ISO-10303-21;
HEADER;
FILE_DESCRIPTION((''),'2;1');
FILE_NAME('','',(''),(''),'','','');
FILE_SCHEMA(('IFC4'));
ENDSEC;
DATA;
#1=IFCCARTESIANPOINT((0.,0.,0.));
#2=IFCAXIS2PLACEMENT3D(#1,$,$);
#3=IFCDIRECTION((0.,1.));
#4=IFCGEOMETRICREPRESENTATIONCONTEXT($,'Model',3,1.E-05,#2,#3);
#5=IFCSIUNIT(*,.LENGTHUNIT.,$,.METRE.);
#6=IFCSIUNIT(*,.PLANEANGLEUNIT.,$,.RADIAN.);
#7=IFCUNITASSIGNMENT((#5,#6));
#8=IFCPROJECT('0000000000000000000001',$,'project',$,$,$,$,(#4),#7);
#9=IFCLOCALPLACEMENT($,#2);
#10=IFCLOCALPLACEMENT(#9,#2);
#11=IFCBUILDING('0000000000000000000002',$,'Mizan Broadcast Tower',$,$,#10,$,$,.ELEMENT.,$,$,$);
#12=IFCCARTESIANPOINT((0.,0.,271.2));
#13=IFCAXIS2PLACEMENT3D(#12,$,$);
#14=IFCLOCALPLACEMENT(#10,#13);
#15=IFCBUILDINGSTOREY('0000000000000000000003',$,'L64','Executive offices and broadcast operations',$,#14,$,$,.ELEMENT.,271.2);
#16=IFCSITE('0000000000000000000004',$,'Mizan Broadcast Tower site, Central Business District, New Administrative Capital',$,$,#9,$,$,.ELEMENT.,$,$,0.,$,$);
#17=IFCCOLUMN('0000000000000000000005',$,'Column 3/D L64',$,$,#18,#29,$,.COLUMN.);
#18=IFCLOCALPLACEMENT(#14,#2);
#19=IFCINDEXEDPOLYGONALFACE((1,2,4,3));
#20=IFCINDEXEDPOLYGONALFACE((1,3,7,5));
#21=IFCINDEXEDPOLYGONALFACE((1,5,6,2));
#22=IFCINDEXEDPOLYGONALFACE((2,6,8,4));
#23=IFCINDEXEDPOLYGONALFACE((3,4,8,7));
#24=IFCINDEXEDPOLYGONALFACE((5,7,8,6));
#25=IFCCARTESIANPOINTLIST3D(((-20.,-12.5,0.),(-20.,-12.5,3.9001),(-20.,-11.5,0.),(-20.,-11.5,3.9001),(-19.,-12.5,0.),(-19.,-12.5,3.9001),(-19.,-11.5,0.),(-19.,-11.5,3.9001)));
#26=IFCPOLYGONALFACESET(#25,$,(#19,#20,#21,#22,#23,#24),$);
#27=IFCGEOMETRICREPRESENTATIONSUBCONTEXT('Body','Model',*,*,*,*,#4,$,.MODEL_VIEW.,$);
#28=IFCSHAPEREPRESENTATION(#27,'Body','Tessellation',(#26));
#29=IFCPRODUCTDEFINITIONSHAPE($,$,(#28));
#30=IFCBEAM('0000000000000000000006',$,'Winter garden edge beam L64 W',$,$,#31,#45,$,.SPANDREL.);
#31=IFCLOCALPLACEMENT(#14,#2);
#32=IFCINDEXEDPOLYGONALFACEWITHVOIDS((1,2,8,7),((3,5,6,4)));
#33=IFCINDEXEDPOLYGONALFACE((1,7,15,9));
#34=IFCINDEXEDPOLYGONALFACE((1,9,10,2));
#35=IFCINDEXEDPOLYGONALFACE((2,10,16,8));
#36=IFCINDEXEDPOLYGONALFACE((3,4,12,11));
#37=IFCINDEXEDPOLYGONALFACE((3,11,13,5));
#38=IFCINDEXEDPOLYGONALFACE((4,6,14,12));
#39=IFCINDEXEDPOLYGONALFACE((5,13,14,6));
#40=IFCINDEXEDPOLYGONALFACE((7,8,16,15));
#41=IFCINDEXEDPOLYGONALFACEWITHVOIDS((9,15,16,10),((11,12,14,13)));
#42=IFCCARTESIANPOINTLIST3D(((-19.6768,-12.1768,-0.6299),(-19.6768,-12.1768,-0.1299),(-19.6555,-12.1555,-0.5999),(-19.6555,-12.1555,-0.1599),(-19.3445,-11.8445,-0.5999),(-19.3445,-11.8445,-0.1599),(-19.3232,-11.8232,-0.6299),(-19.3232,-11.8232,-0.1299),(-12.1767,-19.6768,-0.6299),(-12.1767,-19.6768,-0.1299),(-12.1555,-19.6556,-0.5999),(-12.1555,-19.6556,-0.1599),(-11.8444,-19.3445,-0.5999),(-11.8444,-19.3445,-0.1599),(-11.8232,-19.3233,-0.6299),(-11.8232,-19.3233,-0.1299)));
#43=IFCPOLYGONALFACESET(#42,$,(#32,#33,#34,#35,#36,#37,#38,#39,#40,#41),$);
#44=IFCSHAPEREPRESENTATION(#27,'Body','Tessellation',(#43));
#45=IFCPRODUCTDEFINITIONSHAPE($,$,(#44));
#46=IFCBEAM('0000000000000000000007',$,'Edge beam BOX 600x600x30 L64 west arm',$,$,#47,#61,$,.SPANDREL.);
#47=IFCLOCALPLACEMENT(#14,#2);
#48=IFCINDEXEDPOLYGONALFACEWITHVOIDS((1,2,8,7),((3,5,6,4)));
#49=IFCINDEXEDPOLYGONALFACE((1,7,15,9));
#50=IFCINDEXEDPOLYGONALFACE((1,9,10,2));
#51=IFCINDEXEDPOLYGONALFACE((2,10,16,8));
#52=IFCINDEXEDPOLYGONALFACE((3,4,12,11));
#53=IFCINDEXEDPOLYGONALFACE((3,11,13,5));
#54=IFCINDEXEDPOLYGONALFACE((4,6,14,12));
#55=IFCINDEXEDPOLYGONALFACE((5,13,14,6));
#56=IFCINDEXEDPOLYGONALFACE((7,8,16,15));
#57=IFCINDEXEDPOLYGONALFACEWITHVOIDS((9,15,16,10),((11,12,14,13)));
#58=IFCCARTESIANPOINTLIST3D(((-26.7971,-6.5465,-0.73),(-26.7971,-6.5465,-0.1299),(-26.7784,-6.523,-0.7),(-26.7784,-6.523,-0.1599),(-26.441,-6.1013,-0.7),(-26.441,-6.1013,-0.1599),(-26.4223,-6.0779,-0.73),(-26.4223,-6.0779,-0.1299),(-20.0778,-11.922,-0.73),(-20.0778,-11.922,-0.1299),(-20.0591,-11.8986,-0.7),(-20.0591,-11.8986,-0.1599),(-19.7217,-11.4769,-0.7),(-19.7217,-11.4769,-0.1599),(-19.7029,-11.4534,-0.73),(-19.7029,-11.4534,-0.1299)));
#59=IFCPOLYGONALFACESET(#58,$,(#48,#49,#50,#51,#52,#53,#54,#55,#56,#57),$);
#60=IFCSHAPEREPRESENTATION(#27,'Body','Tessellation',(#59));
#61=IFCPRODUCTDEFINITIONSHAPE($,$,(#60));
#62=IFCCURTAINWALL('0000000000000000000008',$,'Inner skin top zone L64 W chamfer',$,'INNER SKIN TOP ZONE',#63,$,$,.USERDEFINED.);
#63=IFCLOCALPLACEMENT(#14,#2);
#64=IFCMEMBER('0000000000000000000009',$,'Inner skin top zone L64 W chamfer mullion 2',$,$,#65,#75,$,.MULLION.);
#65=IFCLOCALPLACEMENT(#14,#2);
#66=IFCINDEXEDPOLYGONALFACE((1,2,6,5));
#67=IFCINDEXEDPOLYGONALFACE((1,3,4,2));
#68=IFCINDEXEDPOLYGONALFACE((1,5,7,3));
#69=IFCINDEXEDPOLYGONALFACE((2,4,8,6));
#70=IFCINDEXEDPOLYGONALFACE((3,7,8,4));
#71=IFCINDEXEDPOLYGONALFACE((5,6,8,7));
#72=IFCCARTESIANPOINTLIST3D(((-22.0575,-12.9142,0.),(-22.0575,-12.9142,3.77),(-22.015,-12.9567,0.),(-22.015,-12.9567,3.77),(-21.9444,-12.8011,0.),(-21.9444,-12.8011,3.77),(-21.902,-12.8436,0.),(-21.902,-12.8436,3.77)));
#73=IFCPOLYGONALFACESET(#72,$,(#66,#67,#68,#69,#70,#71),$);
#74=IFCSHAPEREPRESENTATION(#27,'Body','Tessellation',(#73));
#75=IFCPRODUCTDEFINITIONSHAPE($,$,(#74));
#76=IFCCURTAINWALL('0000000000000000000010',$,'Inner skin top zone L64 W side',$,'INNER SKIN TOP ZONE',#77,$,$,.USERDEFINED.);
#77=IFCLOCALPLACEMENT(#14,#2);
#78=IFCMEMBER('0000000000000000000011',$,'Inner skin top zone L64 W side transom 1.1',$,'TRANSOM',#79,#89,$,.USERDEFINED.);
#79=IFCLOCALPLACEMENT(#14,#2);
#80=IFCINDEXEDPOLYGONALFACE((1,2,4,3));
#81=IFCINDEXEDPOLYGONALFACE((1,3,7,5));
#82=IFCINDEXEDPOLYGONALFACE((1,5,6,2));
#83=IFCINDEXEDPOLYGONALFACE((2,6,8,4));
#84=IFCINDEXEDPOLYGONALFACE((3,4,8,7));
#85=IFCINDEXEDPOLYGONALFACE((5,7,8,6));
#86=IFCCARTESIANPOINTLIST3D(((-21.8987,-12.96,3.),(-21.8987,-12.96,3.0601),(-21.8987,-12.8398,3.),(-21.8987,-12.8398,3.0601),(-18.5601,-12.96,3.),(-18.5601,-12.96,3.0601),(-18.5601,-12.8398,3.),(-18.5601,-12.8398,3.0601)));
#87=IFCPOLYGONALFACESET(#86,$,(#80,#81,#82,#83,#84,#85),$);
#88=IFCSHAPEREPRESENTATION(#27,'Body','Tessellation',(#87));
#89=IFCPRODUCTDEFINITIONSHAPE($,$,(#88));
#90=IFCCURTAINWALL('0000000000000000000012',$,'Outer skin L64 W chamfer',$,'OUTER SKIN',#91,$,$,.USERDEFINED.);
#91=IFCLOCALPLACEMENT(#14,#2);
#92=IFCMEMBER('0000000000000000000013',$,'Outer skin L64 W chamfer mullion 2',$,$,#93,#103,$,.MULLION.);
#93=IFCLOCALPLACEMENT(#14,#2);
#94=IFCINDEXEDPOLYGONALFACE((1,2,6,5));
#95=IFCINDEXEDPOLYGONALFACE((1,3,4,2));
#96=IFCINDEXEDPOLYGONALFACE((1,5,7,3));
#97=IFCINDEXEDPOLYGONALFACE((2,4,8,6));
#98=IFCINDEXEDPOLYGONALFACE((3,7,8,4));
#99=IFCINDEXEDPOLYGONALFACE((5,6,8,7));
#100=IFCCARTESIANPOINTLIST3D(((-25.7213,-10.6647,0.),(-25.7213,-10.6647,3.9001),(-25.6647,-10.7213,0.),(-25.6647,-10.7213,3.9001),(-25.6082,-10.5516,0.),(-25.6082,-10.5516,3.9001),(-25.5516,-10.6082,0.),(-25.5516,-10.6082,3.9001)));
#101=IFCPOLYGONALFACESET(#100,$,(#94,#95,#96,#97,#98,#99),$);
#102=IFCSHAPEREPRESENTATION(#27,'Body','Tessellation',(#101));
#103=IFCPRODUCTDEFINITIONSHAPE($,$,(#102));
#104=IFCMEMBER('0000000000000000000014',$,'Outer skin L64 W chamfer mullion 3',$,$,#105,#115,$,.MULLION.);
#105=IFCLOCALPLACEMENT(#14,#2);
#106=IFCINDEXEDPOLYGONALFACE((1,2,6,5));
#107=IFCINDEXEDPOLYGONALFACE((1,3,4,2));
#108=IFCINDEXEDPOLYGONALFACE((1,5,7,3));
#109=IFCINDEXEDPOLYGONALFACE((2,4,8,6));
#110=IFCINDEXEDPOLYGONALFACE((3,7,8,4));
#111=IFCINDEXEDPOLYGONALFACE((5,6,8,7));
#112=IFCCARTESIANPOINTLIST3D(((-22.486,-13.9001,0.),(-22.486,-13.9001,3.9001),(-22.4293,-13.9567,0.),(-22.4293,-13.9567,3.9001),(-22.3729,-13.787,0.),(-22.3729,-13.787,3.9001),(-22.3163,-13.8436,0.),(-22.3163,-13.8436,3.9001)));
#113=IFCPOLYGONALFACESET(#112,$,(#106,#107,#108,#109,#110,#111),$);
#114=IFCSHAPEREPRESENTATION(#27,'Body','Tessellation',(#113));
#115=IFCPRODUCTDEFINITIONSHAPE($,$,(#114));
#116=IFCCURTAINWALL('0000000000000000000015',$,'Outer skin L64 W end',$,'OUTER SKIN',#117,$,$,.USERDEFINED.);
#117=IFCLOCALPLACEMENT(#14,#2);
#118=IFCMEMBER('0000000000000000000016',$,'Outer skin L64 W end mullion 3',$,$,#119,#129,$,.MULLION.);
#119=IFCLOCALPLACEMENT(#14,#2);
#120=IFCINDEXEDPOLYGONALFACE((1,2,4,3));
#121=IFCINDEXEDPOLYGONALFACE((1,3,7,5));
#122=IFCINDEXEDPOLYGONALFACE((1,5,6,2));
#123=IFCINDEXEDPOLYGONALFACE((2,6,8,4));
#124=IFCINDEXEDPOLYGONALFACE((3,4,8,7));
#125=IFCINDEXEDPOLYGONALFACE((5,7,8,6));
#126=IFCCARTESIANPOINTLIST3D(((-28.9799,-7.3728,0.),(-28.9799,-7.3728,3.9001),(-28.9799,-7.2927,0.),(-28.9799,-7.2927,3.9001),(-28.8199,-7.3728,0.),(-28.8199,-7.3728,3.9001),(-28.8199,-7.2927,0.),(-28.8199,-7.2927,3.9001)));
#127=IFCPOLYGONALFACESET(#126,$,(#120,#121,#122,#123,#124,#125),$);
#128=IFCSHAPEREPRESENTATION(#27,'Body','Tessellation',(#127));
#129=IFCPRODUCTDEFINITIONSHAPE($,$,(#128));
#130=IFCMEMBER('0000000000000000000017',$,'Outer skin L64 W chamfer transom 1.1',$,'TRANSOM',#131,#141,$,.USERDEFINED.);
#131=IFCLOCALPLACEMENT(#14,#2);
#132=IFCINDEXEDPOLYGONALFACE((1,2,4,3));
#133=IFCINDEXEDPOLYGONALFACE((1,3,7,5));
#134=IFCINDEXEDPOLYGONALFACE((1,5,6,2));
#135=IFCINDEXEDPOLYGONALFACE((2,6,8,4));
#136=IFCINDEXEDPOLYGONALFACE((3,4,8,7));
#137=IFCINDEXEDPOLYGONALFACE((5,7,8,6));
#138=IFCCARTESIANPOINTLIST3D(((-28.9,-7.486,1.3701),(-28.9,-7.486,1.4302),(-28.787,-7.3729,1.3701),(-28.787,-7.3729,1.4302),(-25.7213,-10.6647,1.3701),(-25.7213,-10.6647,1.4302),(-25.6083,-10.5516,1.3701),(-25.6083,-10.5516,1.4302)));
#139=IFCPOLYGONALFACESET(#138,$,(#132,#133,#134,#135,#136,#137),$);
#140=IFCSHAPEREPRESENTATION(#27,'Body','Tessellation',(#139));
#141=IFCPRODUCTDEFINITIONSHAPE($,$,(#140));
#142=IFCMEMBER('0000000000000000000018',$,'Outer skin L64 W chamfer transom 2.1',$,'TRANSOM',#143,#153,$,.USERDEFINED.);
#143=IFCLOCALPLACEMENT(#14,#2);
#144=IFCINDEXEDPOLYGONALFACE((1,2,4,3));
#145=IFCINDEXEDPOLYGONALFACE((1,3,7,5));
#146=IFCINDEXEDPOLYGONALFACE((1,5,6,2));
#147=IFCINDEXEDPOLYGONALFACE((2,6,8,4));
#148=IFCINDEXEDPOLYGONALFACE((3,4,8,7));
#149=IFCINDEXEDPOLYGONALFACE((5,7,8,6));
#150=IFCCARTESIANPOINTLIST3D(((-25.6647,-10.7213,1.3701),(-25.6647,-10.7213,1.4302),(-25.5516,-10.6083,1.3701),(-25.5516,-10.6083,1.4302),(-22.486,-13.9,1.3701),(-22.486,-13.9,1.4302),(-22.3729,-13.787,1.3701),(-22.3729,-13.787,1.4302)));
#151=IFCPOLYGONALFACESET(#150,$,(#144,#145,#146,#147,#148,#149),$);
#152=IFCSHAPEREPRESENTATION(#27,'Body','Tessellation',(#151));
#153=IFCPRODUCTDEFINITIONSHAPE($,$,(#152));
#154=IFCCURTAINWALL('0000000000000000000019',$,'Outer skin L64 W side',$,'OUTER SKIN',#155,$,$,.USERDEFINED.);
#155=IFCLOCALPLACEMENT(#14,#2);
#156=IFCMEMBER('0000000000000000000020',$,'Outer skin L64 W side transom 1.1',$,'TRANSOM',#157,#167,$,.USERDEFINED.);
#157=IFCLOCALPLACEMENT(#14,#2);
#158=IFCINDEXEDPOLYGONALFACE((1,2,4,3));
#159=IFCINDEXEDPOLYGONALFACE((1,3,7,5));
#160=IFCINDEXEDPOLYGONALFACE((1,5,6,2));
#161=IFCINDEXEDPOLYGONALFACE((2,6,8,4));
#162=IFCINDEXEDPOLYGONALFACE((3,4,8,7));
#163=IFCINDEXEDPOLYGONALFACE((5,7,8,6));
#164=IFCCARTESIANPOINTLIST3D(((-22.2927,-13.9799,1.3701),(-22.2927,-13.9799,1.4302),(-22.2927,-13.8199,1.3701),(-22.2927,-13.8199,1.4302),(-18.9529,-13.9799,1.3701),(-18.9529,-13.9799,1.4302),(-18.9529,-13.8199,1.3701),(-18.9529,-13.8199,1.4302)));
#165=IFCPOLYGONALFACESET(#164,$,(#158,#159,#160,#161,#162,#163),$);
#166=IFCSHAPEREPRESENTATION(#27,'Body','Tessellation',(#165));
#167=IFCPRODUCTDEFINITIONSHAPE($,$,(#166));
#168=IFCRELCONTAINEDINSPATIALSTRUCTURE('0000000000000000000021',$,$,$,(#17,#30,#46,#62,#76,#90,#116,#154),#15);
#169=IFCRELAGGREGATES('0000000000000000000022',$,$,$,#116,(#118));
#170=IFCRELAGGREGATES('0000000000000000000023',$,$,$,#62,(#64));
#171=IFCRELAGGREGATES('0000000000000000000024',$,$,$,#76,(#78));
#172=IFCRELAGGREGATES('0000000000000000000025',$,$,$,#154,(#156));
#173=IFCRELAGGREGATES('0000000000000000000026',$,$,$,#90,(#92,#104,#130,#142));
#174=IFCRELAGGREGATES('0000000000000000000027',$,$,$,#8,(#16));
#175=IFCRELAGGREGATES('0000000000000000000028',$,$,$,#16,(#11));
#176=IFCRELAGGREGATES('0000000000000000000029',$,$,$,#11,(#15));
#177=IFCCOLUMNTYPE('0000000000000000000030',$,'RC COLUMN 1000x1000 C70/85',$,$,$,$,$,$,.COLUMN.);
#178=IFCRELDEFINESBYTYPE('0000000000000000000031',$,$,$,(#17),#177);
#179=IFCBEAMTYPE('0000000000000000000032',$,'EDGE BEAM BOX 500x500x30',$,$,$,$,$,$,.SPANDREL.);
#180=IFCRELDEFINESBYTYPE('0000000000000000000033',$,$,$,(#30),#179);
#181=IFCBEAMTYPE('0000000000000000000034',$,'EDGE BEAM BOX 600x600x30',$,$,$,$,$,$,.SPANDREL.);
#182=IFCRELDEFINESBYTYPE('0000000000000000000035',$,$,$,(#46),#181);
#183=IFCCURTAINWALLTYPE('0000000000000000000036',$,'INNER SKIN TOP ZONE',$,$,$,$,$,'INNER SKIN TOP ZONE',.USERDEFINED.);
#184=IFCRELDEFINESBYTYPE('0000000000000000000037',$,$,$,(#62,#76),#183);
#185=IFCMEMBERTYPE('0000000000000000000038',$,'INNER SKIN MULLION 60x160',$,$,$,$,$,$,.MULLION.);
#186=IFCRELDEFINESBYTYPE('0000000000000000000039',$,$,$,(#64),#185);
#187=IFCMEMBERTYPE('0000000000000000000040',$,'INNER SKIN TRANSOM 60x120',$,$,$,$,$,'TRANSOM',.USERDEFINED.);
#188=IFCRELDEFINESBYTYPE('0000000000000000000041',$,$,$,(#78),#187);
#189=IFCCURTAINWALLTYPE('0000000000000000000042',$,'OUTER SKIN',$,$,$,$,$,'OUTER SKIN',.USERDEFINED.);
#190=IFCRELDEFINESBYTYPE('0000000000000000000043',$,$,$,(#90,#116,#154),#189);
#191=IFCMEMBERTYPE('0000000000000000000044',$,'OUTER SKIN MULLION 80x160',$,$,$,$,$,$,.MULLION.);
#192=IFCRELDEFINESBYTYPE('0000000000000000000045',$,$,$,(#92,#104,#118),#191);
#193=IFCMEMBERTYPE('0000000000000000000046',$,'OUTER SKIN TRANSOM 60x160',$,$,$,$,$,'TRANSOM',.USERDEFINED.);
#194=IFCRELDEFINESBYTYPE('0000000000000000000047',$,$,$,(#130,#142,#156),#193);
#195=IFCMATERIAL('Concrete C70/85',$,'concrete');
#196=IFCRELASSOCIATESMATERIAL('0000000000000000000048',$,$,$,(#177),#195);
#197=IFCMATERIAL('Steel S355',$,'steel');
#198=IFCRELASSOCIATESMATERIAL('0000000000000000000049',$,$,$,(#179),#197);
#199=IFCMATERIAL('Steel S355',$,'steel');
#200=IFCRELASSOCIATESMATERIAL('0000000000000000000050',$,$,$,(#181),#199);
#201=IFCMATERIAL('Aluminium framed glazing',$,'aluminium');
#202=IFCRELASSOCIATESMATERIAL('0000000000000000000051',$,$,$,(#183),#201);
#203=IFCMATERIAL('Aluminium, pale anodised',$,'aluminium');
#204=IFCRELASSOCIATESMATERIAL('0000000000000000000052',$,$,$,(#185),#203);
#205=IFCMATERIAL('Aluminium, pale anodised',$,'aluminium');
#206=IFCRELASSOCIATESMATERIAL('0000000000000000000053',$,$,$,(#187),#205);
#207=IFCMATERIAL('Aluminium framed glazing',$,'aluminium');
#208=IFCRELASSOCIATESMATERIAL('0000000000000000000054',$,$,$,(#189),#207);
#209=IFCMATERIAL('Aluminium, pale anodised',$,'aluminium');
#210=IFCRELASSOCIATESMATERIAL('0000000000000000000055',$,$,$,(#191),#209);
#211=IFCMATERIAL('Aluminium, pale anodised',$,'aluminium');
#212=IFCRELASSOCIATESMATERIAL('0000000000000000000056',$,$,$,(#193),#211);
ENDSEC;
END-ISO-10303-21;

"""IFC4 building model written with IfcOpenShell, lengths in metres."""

from ifc_helpers import new_model, si_unit, direction, frame, origin, origin_2d, place, context, subcontext, project, spatial, rectangle, hollow_rectangle, extrude, material, material_profile, profile_set, type_object, element, aggregate, save


model = new_model("IFC4")

# Units and contexts
model_context = context("Model", 3, precision=1e-05, world=origin(), true_north=direction((0.0, 1.0)))
body_context = subcontext(model_context, "Body", "Model", "MODEL_VIEW")
ifc_project = project(units=[si_unit("LENGTHUNIT", "METRE"), si_unit("PLANEANGLEUNIT", "RADIAN")], contexts=[model_context])

# Site, building, storey
site_placement = place(None, origin())
site = spatial("IfcSite", under=ifc_project, at=site_placement, Name="Mizan Broadcast Tower site, Central Business District, New Administrative Capital", CompositionType="ELEMENT", RefElevation=0.0)
building_placement = place(site_placement, origin())
building = spatial("IfcBuilding", under=site, at=building_placement, Name="Mizan Broadcast Tower", CompositionType="ELEMENT")
storey_placement = place(building_placement, frame((0.0, 0.0, 271.2)))
storey = spatial("IfcBuildingStorey", under=building, at=storey_placement, Name="L64", Description="Executive offices and broadcast operations", CompositionType="ELEMENT", Elevation=271.2)

# Column
ifc_material_1 = material(Name="Concrete C70/85", Category="concrete")
ifc_material_profile_1 = material_profile(ifc_material_1, rectangle(XDim=1.0, YDim=1.0, at=origin_2d()), Name="RC 1000x1000")
ifc_profile_set_1 = profile_set([ifc_material_profile_1], Name="Concrete C70/85")
column_type = type_object("IfcColumnType", Name="RC COLUMN 1000x1000 C70/85", PredefinedType="COLUMN", material=ifc_profile_set_1)
column_placement = place(storey_placement, frame((-19.5, -12.0, 0.0), z_axis=(0.0, 0.0, 1.0), x_axis=(1.0, 0.0, 0.0)))
element("IfcColumn", 1, at=column_placement, inside=storey, type_object=column_type, Name="Column 3/D L64", PredefinedType="COLUMN", context=body_context, shape_type="SweptSolid", body=[
    extrude(rectangle(XDim=1.0, YDim=1.0, at=origin_2d()), origin(), (0.0, 0.0, 1.0), 3.9001),
])

# Beams
ifc_material_2 = material(Name="Steel S355", Category="steel")
ifc_material_profile_2 = material_profile(ifc_material_2, hollow_rectangle(XDim=0.5, YDim=0.5, WallThickness=0.03, at=origin_2d()), Name="BOX 500x500x30")
ifc_profile_set_2 = profile_set([ifc_material_profile_2], Name="Steel S355")
beam_type_1 = type_object("IfcBeamType", Name="EDGE BEAM BOX 500x500x30", PredefinedType="SPANDREL", material=ifc_profile_set_2)
beam_1_placement = place(storey_placement, frame((-19.5, -12.0, -0.3799), z_axis=(0.707107, -0.707107, 0.0), x_axis=(0.707107, 0.707107, 0.0)))
element("IfcBeam", 2, at=beam_1_placement, inside=storey, type_object=beam_type_1, Name="Winter garden edge beam L64 W", PredefinedType="SPANDREL", context=body_context, shape_type="SweptSolid", body=[
    extrude(hollow_rectangle(XDim=0.5, YDim=0.5, WallThickness=0.03, at=origin_2d()), origin(), (0.0, 0.0, 1.0), 10.6067),
])
ifc_material_3 = material(Name="Steel S355", Category="steel")
ifc_material_profile_3 = material_profile(ifc_material_3, hollow_rectangle(XDim=0.6001, YDim=0.6001, WallThickness=0.03, at=origin_2d()), Name="BOX 600x600x30")
ifc_profile_set_3 = profile_set([ifc_material_profile_3], Name="Steel S355")
beam_type_2 = type_object("IfcBeamType", Name="EDGE BEAM BOX 600x600x30", PredefinedType="SPANDREL", material=ifc_profile_set_3)
beam_2_placement = place(storey_placement, frame((-19.8904, -11.6877, -0.4299), z_axis=(-0.780863, 0.624702, 0.0), x_axis=(-0.624702, -0.780863, 0.0)))
element("IfcBeam", 3, at=beam_2_placement, inside=storey, type_object=beam_type_2, Name="Edge beam BOX 600x600x30 L64 west arm", PredefinedType="SPANDREL", context=body_context, shape_type="SweptSolid", body=[
    extrude(hollow_rectangle(XDim=0.6001, YDim=0.6001, WallThickness=0.03, at=origin_2d()), origin(), (0.0, 0.0, 1.0), 8.605),
])

# Curtain walls, members
ifc_material_4 = material(Name="Aluminium framed glazing", Category="aluminium")
curtain_wall_type_1 = type_object("IfcCurtainWallType", Name="INNER SKIN TOP ZONE", ElementType="INNER SKIN TOP ZONE", PredefinedType="USERDEFINED", material=ifc_material_4)
curtain_wall_1_placement = place(storey_placement, origin())
curtain_wall_1 = element("IfcCurtainWall", 4, at=curtain_wall_1_placement, inside=storey, type_object=curtain_wall_type_1, Name="Inner skin top zone L64 W chamfer", ObjectType="INNER SKIN TOP ZONE", PredefinedType="USERDEFINED")
ifc_material_5 = material(Name="Aluminium, pale anodised", Category="aluminium")
ifc_material_profile_4 = material_profile(ifc_material_5, rectangle(XDim=0.1599, YDim=0.0601, at=origin_2d()), Name="MULLION 160x60")
ifc_profile_set_4 = profile_set([ifc_material_profile_4], Name="Aluminium, pale anodised")
member_type_1 = type_object("IfcMemberType", Name="INNER SKIN MULLION 60x160", PredefinedType="MULLION", material=ifc_profile_set_4)
member_1_placement = place(storey_placement, frame((-21.9797, -12.8789, 0.0), z_axis=(0.0, 0.0, 1.0), x_axis=(0.707107, 0.707107, 0.0)))
member_1 = element("IfcMember", 5, at=member_1_placement, type_object=member_type_1, Name="Inner skin top zone L64 W chamfer mullion 2", PredefinedType="MULLION", context=body_context, shape_type="SweptSolid", body=[
    extrude(rectangle(XDim=0.1599, YDim=0.0601, at=origin_2d()), origin(), (0.0, 0.0, 1.0), 3.77),
])
curtain_wall_2_placement = place(storey_placement, origin())
curtain_wall_2 = element("IfcCurtainWall", 6, at=curtain_wall_2_placement, inside=storey, type_object=curtain_wall_type_1, Name="Inner skin top zone L64 W side", ObjectType="INNER SKIN TOP ZONE", PredefinedType="USERDEFINED")
ifc_material_6 = material(Name="Aluminium, pale anodised", Category="aluminium")
ifc_material_profile_5 = material_profile(ifc_material_6, rectangle(XDim=0.1201, YDim=0.0601, at=origin_2d()), Name="TRANSOM 120x60")
ifc_profile_set_5 = profile_set([ifc_material_profile_5], Name="Aluminium, pale anodised")
member_type_2 = type_object("IfcMemberType", Name="INNER SKIN TRANSOM 60x120", ElementType="TRANSOM", PredefinedType="USERDEFINED", material=ifc_profile_set_5)
member_2_placement = place(storey_placement, frame((-21.8987, -12.8999, 3.03), z_axis=(1.0, 0.0, 0.0), x_axis=(0.0, 1.0, 0.0)))
member_2 = element("IfcMember", 7, at=member_2_placement, type_object=member_type_2, Name="Inner skin top zone L64 W side transom 1.1", ObjectType="TRANSOM", PredefinedType="USERDEFINED", context=body_context, shape_type="SweptSolid", body=[
    extrude(rectangle(XDim=0.1201, YDim=0.0601, at=origin_2d()), origin(), (0.0, 0.0, 1.0), 3.3386),
])

# Curtain wall, members
ifc_material_7 = material(Name="Aluminium framed glazing", Category="aluminium")
curtain_wall_type_2 = type_object("IfcCurtainWallType", Name="OUTER SKIN", ElementType="OUTER SKIN", PredefinedType="USERDEFINED", material=ifc_material_7)
curtain_wall_3_placement = place(storey_placement, origin())
curtain_wall_3 = element("IfcCurtainWall", 8, at=curtain_wall_3_placement, inside=storey, type_object=curtain_wall_type_2, Name="Outer skin L64 W chamfer", ObjectType="OUTER SKIN", PredefinedType="USERDEFINED")
ifc_material_8 = material(Name="Aluminium, pale anodised", Category="aluminium")
ifc_material_profile_6 = material_profile(ifc_material_8, rectangle(XDim=0.1599, YDim=0.0801, at=origin_2d()), Name="MULLION 160x80")
ifc_profile_set_6 = profile_set([ifc_material_profile_6], Name="Aluminium, pale anodised")
member_type_3 = type_object("IfcMemberType", Name="OUTER SKIN MULLION 80x160", PredefinedType="MULLION", material=ifc_profile_set_6)
member_3_placement = place(storey_placement, frame((-25.6365, -10.6365, 0.0), z_axis=(0.0, 0.0, 1.0), x_axis=(0.707107, 0.707107, 0.0)))
member_3 = element("IfcMember", 9, at=member_3_placement, type_object=member_type_3, Name="Outer skin L64 W chamfer mullion 2", PredefinedType="MULLION", context=body_context, shape_type="SweptSolid", body=[
    extrude(rectangle(XDim=0.1599, YDim=0.0801, at=origin_2d()), origin(), (0.0, 0.0, 1.0), 3.9001),
])
member_4_placement = place(storey_placement, frame((-22.4011, -13.8718, 0.0), z_axis=(0.0, 0.0, 1.0), x_axis=(0.707107, 0.707107, 0.0)))
member_4 = element("IfcMember", 10, at=member_4_placement, type_object=member_type_3, Name="Outer skin L64 W chamfer mullion 3", PredefinedType="MULLION", context=body_context, shape_type="SweptSolid", body=[
    extrude(rectangle(XDim=0.1599, YDim=0.0801, at=origin_2d()), origin(), (0.0, 0.0, 1.0), 3.9001),
])

# Curtain wall, member
curtain_wall_4_placement = place(storey_placement, origin())
curtain_wall_4 = element("IfcCurtainWall", 11, at=curtain_wall_4_placement, inside=storey, type_object=curtain_wall_type_2, Name="Outer skin L64 W end", ObjectType="OUTER SKIN", PredefinedType="USERDEFINED")
member_5_placement = place(storey_placement, frame((-28.8999, -7.3328, 0.0), z_axis=(0.0, 0.0, 1.0), x_axis=(1.0, 0.0, 0.0)))
member_5 = element("IfcMember", 12, at=member_5_placement, type_object=member_type_3, Name="Outer skin L64 W end mullion 3", PredefinedType="MULLION", context=body_context, shape_type="SweptSolid", body=[
    extrude(rectangle(XDim=0.1599, YDim=0.0801, at=origin_2d()), origin(), (0.0, 0.0, 1.0), 3.9001),
])
aggregate(curtain_wall_4, [member_5])

# Members
ifc_material_9 = material(Name="Aluminium, pale anodised", Category="aluminium")
ifc_material_profile_7 = material_profile(ifc_material_9, rectangle(XDim=0.1599, YDim=0.0601, at=origin_2d()), Name="TRANSOM 160x60")
ifc_profile_set_7 = profile_set([ifc_material_profile_7], Name="Aluminium, pale anodised")
member_type_4 = type_object("IfcMemberType", Name="OUTER SKIN TRANSOM 60x160", ElementType="TRANSOM", PredefinedType="USERDEFINED", material=ifc_profile_set_7)
member_6_placement = place(storey_placement, frame((-28.8435, -7.4294, 1.4001), z_axis=(0.707107, -0.707107, 0.0), x_axis=(0.707107, 0.707107, 0.0)))
member_6 = element("IfcMember", 13, at=member_6_placement, type_object=member_type_4, Name="Outer skin L64 W chamfer transom 1.1", ObjectType="TRANSOM", PredefinedType="USERDEFINED", context=body_context, shape_type="SweptSolid", body=[
    extrude(rectangle(XDim=0.1599, YDim=0.0601, at=origin_2d()), origin(), (0.0, 0.0, 1.0), 4.4954),
])
member_7_placement = place(storey_placement, frame((-25.6082, -10.6648, 1.4001), z_axis=(0.707107, -0.707107, 0.0), x_axis=(0.707107, 0.707107, 0.0)))
member_7 = element("IfcMember", 14, at=member_7_placement, type_object=member_type_4, Name="Outer skin L64 W chamfer transom 2.1", ObjectType="TRANSOM", PredefinedType="USERDEFINED", context=body_context, shape_type="SweptSolid", body=[
    extrude(rectangle(XDim=0.1599, YDim=0.0601, at=origin_2d()), origin(), (0.0, 0.0, 1.0), 4.4954),
])

# Curtain wall, member
curtain_wall_5_placement = place(storey_placement, origin())
curtain_wall_5 = element("IfcCurtainWall", 15, at=curtain_wall_5_placement, inside=storey, type_object=curtain_wall_type_2, Name="Outer skin L64 W side", ObjectType="OUTER SKIN", PredefinedType="USERDEFINED")
member_8_placement = place(storey_placement, frame((-22.2927, -13.8999, 1.4001), z_axis=(1.0, 0.0, 0.0), x_axis=(0.0, 1.0, 0.0)))
member_8 = element("IfcMember", 16, at=member_8_placement, type_object=member_type_4, Name="Outer skin L64 W side transom 1.1", ObjectType="TRANSOM", PredefinedType="USERDEFINED", context=body_context, shape_type="SweptSolid", body=[
    extrude(rectangle(XDim=0.1599, YDim=0.0601, at=origin_2d()), origin(), (0.0, 0.0, 1.0), 3.3398),
])

aggregate(curtain_wall_1, [member_1])
aggregate(curtain_wall_2, [member_2])
aggregate(curtain_wall_5, [member_8])
aggregate(curtain_wall_3, [member_3, member_4, member_6, member_7])

save(model, "model.ifc")
